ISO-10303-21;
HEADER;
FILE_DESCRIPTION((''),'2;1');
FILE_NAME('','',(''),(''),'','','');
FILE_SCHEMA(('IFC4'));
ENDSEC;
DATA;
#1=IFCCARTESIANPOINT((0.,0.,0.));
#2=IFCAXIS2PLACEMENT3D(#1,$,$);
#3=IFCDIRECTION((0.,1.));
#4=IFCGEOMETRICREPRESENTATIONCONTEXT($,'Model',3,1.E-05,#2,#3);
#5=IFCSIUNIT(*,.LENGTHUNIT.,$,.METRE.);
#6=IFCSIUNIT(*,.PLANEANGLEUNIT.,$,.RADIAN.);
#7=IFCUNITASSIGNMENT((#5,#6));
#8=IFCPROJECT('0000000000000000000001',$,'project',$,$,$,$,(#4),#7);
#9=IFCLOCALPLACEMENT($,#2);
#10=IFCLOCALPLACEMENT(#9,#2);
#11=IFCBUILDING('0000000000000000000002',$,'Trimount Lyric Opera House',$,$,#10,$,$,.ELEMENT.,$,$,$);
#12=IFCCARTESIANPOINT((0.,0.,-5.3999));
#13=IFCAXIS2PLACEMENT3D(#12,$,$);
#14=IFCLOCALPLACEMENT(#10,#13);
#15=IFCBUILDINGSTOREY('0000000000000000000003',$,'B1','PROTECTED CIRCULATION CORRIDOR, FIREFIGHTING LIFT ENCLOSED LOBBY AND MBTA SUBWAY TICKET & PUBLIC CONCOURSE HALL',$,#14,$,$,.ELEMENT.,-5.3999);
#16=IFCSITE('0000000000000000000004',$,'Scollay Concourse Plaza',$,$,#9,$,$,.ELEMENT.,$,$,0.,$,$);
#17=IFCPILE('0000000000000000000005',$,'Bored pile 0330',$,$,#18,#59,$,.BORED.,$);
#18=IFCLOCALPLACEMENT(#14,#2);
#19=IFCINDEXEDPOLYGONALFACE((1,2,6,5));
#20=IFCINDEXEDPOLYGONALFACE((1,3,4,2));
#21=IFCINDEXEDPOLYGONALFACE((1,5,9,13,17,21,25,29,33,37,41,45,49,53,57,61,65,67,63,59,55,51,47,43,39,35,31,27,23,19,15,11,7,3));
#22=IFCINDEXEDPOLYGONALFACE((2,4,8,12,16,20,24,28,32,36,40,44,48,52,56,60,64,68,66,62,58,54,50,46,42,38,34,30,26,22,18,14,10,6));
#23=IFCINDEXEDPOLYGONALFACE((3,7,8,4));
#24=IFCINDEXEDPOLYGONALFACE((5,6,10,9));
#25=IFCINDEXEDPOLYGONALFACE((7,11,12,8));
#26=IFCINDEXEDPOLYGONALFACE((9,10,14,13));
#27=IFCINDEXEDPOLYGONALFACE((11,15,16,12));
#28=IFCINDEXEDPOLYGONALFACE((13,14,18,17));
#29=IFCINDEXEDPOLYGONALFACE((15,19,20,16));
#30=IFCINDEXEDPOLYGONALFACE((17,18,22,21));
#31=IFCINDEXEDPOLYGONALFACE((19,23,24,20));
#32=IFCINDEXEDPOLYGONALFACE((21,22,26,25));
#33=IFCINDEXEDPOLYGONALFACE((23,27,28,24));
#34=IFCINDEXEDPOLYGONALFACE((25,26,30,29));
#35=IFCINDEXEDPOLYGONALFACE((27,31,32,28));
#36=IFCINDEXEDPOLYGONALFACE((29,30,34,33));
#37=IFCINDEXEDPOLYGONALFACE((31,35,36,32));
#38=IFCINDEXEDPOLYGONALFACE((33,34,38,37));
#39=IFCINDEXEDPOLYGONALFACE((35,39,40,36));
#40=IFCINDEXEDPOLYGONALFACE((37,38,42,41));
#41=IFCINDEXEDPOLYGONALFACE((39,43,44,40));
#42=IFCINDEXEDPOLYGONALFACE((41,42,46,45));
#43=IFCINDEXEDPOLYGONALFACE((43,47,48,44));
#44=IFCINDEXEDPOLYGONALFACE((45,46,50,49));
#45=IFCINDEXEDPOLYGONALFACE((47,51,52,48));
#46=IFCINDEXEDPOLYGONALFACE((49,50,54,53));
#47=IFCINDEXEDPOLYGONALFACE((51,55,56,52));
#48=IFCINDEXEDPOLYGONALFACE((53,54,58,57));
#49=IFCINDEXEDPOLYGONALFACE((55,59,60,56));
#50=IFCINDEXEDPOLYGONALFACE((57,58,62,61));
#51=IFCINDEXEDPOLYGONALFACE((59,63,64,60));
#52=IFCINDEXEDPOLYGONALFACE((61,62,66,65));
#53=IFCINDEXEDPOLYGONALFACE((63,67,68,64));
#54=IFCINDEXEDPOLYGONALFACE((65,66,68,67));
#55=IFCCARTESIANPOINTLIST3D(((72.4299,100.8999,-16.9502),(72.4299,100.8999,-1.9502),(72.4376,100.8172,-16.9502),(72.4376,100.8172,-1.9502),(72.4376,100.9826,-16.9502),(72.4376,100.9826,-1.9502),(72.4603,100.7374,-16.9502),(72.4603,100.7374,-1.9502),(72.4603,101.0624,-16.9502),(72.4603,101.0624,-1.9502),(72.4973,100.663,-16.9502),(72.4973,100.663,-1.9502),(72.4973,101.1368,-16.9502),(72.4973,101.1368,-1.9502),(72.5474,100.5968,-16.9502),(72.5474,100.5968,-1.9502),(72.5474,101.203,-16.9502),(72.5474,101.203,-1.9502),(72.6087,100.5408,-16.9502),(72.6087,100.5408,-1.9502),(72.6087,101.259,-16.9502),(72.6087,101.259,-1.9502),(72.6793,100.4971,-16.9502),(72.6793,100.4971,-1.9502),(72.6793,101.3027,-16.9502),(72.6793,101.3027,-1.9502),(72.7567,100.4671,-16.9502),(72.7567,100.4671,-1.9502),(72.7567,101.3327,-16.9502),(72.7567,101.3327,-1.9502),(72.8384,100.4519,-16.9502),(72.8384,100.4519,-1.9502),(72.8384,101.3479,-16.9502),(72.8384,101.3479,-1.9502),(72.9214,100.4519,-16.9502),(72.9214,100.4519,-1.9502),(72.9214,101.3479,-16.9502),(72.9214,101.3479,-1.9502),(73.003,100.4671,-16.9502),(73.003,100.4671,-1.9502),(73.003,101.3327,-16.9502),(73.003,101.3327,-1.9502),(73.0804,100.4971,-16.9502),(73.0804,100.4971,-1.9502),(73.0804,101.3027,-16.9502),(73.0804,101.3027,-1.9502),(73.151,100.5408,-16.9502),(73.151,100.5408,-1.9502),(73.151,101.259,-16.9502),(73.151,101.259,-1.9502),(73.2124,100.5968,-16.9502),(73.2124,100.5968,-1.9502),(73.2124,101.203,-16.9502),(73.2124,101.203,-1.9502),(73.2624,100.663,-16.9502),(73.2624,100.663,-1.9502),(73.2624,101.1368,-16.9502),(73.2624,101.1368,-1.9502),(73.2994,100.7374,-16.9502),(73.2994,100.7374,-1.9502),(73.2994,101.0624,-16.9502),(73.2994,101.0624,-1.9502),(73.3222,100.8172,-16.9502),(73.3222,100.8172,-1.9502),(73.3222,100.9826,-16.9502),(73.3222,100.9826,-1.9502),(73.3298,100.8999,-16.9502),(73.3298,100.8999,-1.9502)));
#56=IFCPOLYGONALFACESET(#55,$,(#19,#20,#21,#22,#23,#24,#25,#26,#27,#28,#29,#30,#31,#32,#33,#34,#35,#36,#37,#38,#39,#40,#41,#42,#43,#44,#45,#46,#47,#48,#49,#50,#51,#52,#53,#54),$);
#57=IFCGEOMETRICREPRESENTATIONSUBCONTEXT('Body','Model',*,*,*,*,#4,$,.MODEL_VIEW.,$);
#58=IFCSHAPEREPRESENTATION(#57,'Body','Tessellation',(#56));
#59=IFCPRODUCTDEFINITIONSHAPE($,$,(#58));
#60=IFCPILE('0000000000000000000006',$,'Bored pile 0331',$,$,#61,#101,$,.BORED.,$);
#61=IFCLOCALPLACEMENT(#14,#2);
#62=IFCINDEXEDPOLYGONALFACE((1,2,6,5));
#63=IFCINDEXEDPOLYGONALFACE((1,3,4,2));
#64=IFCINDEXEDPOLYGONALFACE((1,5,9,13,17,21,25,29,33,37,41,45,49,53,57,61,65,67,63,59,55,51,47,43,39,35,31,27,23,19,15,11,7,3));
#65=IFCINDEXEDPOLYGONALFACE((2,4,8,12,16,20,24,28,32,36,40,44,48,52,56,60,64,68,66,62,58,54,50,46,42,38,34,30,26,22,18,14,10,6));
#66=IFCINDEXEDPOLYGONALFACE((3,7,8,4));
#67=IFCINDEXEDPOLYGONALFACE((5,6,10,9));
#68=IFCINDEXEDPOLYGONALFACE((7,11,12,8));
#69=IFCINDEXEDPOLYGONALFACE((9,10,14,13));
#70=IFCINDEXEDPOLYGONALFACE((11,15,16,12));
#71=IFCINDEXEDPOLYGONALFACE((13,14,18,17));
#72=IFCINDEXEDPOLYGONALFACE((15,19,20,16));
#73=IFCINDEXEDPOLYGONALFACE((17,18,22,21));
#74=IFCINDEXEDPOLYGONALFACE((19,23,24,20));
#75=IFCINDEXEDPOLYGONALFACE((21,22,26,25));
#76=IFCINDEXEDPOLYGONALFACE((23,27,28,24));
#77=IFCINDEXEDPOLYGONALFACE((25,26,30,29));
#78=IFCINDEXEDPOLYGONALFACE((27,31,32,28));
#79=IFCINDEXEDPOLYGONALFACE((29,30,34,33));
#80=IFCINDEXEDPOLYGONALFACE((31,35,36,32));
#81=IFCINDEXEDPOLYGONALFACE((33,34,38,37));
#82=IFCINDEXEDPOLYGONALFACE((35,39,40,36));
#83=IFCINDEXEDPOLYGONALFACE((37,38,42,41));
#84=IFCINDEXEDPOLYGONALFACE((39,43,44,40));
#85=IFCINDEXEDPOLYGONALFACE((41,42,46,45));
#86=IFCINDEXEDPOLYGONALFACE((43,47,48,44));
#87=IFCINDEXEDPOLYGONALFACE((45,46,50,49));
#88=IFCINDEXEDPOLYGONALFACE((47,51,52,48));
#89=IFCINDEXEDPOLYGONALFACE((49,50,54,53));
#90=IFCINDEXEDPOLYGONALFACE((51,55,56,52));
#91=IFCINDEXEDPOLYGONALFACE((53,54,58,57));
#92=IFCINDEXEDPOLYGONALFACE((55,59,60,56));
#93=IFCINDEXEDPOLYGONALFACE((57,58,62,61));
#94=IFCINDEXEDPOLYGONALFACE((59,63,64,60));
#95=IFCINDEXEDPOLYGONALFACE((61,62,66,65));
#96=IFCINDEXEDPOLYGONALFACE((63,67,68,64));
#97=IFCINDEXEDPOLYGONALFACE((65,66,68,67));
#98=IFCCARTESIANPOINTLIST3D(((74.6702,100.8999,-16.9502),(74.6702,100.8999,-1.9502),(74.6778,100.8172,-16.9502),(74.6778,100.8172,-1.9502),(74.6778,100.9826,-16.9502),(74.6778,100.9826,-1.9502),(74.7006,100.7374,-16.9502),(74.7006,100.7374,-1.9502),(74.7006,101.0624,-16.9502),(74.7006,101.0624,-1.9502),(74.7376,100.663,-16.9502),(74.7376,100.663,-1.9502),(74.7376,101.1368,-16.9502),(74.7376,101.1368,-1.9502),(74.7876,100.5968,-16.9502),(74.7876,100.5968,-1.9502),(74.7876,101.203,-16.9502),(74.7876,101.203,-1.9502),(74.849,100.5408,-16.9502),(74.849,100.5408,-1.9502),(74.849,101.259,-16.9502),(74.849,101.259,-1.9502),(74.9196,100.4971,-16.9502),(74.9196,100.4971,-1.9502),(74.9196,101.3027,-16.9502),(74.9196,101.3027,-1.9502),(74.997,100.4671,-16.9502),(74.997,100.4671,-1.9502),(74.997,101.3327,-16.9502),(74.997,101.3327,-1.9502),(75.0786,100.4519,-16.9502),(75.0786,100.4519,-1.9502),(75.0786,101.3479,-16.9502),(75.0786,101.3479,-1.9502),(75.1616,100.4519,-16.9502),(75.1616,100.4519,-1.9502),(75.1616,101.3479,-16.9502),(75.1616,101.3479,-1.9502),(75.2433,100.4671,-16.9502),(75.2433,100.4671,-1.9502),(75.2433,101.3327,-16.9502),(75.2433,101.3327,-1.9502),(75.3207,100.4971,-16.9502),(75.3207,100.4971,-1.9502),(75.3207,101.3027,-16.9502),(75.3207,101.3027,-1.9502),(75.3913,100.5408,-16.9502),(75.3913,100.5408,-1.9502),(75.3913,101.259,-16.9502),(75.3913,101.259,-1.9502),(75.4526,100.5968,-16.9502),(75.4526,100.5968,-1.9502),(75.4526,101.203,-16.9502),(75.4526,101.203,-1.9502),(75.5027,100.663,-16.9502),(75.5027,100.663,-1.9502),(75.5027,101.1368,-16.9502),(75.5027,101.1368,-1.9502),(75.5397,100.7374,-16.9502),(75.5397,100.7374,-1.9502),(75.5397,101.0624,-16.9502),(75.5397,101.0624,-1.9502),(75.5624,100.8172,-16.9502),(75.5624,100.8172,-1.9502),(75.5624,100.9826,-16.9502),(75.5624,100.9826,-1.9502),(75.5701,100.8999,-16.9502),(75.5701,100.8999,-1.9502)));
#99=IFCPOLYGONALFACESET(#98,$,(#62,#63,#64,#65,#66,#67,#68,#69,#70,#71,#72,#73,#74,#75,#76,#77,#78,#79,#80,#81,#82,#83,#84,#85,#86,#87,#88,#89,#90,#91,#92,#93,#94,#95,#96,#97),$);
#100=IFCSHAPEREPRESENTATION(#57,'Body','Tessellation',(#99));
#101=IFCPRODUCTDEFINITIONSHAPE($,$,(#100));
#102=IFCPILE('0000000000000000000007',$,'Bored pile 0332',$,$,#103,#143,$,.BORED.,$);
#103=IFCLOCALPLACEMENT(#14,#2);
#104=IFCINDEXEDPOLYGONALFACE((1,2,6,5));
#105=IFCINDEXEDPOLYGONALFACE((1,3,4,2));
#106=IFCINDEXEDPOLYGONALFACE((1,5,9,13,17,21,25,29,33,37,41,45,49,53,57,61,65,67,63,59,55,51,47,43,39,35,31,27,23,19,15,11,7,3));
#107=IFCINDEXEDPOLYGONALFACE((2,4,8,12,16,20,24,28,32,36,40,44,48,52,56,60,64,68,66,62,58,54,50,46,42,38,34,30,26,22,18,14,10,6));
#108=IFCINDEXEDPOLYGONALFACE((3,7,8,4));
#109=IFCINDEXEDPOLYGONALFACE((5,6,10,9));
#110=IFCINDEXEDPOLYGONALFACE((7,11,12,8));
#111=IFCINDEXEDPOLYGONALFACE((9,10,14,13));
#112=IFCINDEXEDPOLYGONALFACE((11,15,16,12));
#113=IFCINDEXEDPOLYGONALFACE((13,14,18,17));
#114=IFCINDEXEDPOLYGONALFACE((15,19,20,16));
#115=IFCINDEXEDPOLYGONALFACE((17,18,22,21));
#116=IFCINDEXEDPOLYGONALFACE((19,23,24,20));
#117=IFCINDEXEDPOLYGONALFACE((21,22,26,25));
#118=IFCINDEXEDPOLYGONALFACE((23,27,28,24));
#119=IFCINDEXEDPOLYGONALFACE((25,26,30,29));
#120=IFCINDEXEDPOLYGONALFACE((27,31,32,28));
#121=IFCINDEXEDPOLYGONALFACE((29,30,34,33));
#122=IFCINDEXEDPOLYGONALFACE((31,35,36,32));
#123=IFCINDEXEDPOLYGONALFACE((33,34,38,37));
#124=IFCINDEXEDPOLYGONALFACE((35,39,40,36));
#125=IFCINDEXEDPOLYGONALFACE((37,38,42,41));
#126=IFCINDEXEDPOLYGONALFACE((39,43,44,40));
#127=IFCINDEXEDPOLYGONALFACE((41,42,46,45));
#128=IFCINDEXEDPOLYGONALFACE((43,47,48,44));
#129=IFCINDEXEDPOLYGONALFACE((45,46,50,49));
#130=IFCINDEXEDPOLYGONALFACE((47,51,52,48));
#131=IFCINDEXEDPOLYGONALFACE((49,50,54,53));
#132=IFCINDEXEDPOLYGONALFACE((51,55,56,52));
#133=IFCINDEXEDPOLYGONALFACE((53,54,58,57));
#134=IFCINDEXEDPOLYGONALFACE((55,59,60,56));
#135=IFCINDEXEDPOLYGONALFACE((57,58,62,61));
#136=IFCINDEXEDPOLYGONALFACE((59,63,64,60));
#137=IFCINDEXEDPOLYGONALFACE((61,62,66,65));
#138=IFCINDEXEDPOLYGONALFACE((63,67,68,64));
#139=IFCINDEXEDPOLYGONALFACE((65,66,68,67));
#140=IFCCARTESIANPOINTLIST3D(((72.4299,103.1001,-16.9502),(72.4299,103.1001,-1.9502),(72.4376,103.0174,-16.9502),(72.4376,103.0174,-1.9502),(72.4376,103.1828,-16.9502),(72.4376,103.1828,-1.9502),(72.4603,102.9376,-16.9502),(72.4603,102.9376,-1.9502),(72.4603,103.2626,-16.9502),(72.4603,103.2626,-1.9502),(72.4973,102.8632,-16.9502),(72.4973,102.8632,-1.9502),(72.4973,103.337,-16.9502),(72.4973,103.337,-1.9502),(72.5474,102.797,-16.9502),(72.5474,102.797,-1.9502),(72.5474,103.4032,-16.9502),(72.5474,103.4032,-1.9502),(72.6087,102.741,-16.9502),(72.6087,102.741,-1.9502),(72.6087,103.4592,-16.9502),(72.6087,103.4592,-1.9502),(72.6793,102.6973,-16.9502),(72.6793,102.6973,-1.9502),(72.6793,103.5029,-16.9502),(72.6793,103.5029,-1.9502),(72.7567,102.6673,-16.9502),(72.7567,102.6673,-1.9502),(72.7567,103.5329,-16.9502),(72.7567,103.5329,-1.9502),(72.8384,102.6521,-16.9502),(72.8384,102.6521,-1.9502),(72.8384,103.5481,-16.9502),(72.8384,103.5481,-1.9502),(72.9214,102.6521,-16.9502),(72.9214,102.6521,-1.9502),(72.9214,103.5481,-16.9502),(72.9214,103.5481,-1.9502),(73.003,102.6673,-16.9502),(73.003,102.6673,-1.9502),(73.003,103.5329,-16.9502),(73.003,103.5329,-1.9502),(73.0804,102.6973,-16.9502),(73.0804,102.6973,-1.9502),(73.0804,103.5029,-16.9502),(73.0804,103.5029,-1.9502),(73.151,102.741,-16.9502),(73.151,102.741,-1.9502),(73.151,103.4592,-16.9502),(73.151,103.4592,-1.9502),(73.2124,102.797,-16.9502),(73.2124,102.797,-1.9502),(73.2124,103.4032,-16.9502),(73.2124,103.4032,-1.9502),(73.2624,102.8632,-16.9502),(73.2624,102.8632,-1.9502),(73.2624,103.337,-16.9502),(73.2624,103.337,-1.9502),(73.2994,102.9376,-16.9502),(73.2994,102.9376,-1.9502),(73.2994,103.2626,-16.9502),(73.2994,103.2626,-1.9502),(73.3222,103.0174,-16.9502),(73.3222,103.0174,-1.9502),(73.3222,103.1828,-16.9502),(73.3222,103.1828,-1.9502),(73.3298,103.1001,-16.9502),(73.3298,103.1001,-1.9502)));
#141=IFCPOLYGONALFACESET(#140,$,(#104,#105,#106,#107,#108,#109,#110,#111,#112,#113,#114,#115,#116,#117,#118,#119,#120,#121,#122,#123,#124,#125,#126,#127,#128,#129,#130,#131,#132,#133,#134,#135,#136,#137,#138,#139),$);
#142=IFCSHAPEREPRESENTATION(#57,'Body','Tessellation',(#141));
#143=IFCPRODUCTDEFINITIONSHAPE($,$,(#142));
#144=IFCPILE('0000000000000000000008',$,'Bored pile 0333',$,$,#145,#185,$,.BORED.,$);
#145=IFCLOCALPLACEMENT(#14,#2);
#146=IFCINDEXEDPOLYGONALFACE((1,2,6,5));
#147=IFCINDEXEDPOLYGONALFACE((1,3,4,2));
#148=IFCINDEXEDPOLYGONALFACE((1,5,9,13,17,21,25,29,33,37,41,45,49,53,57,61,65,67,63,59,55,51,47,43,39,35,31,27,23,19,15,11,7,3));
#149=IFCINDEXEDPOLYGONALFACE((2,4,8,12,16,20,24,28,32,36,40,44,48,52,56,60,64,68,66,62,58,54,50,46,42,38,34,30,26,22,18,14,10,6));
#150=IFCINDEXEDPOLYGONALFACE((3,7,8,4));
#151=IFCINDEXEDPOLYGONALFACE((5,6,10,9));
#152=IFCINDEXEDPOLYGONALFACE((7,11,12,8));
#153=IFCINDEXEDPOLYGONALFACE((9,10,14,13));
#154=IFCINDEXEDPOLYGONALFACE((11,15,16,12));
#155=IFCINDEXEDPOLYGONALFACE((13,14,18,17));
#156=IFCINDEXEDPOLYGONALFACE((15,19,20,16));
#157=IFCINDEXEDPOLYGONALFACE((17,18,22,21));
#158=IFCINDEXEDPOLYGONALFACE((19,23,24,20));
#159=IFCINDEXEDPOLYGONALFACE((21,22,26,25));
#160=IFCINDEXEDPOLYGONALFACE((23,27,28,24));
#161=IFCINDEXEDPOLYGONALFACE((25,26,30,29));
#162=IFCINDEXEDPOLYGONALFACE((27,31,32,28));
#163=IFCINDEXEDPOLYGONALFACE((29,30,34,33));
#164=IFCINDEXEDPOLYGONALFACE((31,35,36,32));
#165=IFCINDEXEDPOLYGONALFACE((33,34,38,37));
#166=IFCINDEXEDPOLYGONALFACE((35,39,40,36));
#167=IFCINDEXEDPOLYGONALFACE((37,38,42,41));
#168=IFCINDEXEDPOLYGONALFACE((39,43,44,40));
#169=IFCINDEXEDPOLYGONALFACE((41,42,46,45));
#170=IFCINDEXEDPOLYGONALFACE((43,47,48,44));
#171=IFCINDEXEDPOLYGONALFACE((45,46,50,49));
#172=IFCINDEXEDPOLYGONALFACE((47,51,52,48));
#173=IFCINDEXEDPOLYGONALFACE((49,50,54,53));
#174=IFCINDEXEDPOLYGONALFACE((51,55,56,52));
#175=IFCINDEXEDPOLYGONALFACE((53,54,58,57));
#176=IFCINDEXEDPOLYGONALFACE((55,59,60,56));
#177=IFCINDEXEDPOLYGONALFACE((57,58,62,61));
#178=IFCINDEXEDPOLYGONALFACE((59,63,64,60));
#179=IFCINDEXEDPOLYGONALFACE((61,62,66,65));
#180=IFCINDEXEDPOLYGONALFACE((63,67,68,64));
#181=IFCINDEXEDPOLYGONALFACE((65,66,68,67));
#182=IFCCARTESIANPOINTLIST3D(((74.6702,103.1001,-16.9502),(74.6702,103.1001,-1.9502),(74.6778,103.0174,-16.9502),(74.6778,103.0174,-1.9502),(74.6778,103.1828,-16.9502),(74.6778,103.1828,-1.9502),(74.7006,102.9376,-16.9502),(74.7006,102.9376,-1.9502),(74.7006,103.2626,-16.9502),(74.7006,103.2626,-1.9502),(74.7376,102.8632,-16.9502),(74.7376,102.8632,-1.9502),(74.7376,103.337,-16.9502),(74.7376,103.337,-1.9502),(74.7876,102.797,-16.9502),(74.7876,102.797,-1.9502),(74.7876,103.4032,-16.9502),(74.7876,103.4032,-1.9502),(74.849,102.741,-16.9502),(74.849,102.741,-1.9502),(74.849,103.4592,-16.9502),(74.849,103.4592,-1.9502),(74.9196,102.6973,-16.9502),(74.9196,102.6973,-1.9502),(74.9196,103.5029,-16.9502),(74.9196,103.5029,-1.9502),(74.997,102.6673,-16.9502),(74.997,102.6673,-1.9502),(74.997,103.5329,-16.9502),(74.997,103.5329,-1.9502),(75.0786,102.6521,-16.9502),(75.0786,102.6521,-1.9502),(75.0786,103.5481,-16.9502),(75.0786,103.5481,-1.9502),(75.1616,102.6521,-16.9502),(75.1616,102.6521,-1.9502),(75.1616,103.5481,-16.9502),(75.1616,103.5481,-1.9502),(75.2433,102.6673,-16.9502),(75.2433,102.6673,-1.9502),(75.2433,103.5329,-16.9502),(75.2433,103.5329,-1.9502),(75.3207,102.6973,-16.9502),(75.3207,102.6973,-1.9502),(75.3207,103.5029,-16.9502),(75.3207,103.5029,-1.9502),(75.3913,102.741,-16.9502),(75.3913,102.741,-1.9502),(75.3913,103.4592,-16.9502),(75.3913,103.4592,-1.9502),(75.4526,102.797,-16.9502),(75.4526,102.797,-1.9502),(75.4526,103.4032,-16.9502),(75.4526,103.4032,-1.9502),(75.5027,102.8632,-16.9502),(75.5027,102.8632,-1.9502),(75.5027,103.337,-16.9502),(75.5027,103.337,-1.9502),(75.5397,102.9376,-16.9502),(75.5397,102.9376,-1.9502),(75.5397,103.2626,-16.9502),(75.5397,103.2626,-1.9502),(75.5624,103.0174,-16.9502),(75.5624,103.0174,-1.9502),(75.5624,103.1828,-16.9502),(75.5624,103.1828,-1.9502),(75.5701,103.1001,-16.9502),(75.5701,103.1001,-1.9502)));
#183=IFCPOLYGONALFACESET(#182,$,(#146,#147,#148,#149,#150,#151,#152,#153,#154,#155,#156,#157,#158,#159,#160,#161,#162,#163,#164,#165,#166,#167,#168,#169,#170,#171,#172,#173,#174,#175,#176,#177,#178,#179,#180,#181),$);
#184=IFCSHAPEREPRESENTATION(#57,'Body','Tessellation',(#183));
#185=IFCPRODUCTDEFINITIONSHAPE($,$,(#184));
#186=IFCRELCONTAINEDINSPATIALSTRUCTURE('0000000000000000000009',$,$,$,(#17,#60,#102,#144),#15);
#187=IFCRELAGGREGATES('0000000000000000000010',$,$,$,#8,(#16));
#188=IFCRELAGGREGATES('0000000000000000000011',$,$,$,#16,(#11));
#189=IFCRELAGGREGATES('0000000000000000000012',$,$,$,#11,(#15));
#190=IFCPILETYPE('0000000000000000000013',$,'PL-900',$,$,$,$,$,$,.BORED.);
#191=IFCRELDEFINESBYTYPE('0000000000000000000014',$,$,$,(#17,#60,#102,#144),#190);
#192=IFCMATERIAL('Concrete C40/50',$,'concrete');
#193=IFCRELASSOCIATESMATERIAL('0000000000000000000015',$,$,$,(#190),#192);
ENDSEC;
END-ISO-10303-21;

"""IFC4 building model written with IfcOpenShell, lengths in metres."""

from ifc_helpers import new_model, si_unit, direction, frame, origin, origin_2d, place, context, subcontext, project, spatial, circle, extrude, material, material_profile, profile_set, type_object, element, save


model = new_model("IFC4")

# Units and contexts
model_context = context("Model", 3, precision=1e-05, world=origin(), true_north=direction((0.0, 1.0)))
body_context = subcontext(model_context, "Body", "Model", "MODEL_VIEW")
ifc_project = project(units=[si_unit("LENGTHUNIT", "METRE"), si_unit("PLANEANGLEUNIT", "RADIAN")], contexts=[model_context])

# Site, building, storey
site_placement = place(None, origin())
site = spatial("IfcSite", under=ifc_project, at=site_placement, Name="Scollay Concourse Plaza", CompositionType="ELEMENT", RefElevation=0.0)
building_placement = place(site_placement, origin())
building = spatial("IfcBuilding", under=site, at=building_placement, Name="Trimount Lyric Opera House", CompositionType="ELEMENT")
storey_placement = place(building_placement, frame((0.0, 0.0, -5.3999)))
storey = spatial("IfcBuildingStorey", under=building, at=storey_placement, Name="B1", Description="PROTECTED CIRCULATION CORRIDOR, FIREFIGHTING LIFT ENCLOSED LOBBY AND MBTA SUBWAY TICKET & PUBLIC CONCOURSE HALL", CompositionType="ELEMENT", Elevation=-5.3999)

# Piles
ifc_material_1 = material(Name="Concrete C40/50", Category="concrete")
ifc_material_profile_1 = material_profile(ifc_material_1, circle(Radius=0.45, at=origin_2d()), Name="PILE-D900")
ifc_profile_set_1 = profile_set([ifc_material_profile_1], Name="Concrete C40/50")
pile_type_1 = type_object("IfcPileType", Name="PL-900", PredefinedType="BORED", material=ifc_profile_set_1)
for number, where, z_axis, x_axis, name in (
    (1, (72.8799, 100.8999, -1.9502), (0.0, 0.0, -1.0), (1.0, 0.0, 0.0), "Bored pile 0330"),
    (2, (75.1201, 100.8999, -1.9502), (0.0, 0.0, -1.0), (1.0, 0.0, 0.0), "Bored pile 0331"),
    (3, (72.8799, 103.1001, -1.9502), (0.0, 0.0, -1.0), (1.0, 0.0, 0.0), "Bored pile 0332"),
    (4, (75.1201, 103.1001, -1.9502), (0.0, 0.0, -1.0), (1.0, 0.0, 0.0), "Bored pile 0333"),
):
    element("IfcPile", number, at=place(storey_placement, frame(where, z_axis=z_axis, x_axis=x_axis)), inside=storey, type_object=pile_type_1, Name=name, PredefinedType="BORED", context=body_context, shape_type="SweptSolid", body=[
        extrude(circle(Radius=0.45, at=origin_2d()), origin(), (0.0, 0.0, 1.0), 15.0),
    ])

save(model, "model.ifc")
